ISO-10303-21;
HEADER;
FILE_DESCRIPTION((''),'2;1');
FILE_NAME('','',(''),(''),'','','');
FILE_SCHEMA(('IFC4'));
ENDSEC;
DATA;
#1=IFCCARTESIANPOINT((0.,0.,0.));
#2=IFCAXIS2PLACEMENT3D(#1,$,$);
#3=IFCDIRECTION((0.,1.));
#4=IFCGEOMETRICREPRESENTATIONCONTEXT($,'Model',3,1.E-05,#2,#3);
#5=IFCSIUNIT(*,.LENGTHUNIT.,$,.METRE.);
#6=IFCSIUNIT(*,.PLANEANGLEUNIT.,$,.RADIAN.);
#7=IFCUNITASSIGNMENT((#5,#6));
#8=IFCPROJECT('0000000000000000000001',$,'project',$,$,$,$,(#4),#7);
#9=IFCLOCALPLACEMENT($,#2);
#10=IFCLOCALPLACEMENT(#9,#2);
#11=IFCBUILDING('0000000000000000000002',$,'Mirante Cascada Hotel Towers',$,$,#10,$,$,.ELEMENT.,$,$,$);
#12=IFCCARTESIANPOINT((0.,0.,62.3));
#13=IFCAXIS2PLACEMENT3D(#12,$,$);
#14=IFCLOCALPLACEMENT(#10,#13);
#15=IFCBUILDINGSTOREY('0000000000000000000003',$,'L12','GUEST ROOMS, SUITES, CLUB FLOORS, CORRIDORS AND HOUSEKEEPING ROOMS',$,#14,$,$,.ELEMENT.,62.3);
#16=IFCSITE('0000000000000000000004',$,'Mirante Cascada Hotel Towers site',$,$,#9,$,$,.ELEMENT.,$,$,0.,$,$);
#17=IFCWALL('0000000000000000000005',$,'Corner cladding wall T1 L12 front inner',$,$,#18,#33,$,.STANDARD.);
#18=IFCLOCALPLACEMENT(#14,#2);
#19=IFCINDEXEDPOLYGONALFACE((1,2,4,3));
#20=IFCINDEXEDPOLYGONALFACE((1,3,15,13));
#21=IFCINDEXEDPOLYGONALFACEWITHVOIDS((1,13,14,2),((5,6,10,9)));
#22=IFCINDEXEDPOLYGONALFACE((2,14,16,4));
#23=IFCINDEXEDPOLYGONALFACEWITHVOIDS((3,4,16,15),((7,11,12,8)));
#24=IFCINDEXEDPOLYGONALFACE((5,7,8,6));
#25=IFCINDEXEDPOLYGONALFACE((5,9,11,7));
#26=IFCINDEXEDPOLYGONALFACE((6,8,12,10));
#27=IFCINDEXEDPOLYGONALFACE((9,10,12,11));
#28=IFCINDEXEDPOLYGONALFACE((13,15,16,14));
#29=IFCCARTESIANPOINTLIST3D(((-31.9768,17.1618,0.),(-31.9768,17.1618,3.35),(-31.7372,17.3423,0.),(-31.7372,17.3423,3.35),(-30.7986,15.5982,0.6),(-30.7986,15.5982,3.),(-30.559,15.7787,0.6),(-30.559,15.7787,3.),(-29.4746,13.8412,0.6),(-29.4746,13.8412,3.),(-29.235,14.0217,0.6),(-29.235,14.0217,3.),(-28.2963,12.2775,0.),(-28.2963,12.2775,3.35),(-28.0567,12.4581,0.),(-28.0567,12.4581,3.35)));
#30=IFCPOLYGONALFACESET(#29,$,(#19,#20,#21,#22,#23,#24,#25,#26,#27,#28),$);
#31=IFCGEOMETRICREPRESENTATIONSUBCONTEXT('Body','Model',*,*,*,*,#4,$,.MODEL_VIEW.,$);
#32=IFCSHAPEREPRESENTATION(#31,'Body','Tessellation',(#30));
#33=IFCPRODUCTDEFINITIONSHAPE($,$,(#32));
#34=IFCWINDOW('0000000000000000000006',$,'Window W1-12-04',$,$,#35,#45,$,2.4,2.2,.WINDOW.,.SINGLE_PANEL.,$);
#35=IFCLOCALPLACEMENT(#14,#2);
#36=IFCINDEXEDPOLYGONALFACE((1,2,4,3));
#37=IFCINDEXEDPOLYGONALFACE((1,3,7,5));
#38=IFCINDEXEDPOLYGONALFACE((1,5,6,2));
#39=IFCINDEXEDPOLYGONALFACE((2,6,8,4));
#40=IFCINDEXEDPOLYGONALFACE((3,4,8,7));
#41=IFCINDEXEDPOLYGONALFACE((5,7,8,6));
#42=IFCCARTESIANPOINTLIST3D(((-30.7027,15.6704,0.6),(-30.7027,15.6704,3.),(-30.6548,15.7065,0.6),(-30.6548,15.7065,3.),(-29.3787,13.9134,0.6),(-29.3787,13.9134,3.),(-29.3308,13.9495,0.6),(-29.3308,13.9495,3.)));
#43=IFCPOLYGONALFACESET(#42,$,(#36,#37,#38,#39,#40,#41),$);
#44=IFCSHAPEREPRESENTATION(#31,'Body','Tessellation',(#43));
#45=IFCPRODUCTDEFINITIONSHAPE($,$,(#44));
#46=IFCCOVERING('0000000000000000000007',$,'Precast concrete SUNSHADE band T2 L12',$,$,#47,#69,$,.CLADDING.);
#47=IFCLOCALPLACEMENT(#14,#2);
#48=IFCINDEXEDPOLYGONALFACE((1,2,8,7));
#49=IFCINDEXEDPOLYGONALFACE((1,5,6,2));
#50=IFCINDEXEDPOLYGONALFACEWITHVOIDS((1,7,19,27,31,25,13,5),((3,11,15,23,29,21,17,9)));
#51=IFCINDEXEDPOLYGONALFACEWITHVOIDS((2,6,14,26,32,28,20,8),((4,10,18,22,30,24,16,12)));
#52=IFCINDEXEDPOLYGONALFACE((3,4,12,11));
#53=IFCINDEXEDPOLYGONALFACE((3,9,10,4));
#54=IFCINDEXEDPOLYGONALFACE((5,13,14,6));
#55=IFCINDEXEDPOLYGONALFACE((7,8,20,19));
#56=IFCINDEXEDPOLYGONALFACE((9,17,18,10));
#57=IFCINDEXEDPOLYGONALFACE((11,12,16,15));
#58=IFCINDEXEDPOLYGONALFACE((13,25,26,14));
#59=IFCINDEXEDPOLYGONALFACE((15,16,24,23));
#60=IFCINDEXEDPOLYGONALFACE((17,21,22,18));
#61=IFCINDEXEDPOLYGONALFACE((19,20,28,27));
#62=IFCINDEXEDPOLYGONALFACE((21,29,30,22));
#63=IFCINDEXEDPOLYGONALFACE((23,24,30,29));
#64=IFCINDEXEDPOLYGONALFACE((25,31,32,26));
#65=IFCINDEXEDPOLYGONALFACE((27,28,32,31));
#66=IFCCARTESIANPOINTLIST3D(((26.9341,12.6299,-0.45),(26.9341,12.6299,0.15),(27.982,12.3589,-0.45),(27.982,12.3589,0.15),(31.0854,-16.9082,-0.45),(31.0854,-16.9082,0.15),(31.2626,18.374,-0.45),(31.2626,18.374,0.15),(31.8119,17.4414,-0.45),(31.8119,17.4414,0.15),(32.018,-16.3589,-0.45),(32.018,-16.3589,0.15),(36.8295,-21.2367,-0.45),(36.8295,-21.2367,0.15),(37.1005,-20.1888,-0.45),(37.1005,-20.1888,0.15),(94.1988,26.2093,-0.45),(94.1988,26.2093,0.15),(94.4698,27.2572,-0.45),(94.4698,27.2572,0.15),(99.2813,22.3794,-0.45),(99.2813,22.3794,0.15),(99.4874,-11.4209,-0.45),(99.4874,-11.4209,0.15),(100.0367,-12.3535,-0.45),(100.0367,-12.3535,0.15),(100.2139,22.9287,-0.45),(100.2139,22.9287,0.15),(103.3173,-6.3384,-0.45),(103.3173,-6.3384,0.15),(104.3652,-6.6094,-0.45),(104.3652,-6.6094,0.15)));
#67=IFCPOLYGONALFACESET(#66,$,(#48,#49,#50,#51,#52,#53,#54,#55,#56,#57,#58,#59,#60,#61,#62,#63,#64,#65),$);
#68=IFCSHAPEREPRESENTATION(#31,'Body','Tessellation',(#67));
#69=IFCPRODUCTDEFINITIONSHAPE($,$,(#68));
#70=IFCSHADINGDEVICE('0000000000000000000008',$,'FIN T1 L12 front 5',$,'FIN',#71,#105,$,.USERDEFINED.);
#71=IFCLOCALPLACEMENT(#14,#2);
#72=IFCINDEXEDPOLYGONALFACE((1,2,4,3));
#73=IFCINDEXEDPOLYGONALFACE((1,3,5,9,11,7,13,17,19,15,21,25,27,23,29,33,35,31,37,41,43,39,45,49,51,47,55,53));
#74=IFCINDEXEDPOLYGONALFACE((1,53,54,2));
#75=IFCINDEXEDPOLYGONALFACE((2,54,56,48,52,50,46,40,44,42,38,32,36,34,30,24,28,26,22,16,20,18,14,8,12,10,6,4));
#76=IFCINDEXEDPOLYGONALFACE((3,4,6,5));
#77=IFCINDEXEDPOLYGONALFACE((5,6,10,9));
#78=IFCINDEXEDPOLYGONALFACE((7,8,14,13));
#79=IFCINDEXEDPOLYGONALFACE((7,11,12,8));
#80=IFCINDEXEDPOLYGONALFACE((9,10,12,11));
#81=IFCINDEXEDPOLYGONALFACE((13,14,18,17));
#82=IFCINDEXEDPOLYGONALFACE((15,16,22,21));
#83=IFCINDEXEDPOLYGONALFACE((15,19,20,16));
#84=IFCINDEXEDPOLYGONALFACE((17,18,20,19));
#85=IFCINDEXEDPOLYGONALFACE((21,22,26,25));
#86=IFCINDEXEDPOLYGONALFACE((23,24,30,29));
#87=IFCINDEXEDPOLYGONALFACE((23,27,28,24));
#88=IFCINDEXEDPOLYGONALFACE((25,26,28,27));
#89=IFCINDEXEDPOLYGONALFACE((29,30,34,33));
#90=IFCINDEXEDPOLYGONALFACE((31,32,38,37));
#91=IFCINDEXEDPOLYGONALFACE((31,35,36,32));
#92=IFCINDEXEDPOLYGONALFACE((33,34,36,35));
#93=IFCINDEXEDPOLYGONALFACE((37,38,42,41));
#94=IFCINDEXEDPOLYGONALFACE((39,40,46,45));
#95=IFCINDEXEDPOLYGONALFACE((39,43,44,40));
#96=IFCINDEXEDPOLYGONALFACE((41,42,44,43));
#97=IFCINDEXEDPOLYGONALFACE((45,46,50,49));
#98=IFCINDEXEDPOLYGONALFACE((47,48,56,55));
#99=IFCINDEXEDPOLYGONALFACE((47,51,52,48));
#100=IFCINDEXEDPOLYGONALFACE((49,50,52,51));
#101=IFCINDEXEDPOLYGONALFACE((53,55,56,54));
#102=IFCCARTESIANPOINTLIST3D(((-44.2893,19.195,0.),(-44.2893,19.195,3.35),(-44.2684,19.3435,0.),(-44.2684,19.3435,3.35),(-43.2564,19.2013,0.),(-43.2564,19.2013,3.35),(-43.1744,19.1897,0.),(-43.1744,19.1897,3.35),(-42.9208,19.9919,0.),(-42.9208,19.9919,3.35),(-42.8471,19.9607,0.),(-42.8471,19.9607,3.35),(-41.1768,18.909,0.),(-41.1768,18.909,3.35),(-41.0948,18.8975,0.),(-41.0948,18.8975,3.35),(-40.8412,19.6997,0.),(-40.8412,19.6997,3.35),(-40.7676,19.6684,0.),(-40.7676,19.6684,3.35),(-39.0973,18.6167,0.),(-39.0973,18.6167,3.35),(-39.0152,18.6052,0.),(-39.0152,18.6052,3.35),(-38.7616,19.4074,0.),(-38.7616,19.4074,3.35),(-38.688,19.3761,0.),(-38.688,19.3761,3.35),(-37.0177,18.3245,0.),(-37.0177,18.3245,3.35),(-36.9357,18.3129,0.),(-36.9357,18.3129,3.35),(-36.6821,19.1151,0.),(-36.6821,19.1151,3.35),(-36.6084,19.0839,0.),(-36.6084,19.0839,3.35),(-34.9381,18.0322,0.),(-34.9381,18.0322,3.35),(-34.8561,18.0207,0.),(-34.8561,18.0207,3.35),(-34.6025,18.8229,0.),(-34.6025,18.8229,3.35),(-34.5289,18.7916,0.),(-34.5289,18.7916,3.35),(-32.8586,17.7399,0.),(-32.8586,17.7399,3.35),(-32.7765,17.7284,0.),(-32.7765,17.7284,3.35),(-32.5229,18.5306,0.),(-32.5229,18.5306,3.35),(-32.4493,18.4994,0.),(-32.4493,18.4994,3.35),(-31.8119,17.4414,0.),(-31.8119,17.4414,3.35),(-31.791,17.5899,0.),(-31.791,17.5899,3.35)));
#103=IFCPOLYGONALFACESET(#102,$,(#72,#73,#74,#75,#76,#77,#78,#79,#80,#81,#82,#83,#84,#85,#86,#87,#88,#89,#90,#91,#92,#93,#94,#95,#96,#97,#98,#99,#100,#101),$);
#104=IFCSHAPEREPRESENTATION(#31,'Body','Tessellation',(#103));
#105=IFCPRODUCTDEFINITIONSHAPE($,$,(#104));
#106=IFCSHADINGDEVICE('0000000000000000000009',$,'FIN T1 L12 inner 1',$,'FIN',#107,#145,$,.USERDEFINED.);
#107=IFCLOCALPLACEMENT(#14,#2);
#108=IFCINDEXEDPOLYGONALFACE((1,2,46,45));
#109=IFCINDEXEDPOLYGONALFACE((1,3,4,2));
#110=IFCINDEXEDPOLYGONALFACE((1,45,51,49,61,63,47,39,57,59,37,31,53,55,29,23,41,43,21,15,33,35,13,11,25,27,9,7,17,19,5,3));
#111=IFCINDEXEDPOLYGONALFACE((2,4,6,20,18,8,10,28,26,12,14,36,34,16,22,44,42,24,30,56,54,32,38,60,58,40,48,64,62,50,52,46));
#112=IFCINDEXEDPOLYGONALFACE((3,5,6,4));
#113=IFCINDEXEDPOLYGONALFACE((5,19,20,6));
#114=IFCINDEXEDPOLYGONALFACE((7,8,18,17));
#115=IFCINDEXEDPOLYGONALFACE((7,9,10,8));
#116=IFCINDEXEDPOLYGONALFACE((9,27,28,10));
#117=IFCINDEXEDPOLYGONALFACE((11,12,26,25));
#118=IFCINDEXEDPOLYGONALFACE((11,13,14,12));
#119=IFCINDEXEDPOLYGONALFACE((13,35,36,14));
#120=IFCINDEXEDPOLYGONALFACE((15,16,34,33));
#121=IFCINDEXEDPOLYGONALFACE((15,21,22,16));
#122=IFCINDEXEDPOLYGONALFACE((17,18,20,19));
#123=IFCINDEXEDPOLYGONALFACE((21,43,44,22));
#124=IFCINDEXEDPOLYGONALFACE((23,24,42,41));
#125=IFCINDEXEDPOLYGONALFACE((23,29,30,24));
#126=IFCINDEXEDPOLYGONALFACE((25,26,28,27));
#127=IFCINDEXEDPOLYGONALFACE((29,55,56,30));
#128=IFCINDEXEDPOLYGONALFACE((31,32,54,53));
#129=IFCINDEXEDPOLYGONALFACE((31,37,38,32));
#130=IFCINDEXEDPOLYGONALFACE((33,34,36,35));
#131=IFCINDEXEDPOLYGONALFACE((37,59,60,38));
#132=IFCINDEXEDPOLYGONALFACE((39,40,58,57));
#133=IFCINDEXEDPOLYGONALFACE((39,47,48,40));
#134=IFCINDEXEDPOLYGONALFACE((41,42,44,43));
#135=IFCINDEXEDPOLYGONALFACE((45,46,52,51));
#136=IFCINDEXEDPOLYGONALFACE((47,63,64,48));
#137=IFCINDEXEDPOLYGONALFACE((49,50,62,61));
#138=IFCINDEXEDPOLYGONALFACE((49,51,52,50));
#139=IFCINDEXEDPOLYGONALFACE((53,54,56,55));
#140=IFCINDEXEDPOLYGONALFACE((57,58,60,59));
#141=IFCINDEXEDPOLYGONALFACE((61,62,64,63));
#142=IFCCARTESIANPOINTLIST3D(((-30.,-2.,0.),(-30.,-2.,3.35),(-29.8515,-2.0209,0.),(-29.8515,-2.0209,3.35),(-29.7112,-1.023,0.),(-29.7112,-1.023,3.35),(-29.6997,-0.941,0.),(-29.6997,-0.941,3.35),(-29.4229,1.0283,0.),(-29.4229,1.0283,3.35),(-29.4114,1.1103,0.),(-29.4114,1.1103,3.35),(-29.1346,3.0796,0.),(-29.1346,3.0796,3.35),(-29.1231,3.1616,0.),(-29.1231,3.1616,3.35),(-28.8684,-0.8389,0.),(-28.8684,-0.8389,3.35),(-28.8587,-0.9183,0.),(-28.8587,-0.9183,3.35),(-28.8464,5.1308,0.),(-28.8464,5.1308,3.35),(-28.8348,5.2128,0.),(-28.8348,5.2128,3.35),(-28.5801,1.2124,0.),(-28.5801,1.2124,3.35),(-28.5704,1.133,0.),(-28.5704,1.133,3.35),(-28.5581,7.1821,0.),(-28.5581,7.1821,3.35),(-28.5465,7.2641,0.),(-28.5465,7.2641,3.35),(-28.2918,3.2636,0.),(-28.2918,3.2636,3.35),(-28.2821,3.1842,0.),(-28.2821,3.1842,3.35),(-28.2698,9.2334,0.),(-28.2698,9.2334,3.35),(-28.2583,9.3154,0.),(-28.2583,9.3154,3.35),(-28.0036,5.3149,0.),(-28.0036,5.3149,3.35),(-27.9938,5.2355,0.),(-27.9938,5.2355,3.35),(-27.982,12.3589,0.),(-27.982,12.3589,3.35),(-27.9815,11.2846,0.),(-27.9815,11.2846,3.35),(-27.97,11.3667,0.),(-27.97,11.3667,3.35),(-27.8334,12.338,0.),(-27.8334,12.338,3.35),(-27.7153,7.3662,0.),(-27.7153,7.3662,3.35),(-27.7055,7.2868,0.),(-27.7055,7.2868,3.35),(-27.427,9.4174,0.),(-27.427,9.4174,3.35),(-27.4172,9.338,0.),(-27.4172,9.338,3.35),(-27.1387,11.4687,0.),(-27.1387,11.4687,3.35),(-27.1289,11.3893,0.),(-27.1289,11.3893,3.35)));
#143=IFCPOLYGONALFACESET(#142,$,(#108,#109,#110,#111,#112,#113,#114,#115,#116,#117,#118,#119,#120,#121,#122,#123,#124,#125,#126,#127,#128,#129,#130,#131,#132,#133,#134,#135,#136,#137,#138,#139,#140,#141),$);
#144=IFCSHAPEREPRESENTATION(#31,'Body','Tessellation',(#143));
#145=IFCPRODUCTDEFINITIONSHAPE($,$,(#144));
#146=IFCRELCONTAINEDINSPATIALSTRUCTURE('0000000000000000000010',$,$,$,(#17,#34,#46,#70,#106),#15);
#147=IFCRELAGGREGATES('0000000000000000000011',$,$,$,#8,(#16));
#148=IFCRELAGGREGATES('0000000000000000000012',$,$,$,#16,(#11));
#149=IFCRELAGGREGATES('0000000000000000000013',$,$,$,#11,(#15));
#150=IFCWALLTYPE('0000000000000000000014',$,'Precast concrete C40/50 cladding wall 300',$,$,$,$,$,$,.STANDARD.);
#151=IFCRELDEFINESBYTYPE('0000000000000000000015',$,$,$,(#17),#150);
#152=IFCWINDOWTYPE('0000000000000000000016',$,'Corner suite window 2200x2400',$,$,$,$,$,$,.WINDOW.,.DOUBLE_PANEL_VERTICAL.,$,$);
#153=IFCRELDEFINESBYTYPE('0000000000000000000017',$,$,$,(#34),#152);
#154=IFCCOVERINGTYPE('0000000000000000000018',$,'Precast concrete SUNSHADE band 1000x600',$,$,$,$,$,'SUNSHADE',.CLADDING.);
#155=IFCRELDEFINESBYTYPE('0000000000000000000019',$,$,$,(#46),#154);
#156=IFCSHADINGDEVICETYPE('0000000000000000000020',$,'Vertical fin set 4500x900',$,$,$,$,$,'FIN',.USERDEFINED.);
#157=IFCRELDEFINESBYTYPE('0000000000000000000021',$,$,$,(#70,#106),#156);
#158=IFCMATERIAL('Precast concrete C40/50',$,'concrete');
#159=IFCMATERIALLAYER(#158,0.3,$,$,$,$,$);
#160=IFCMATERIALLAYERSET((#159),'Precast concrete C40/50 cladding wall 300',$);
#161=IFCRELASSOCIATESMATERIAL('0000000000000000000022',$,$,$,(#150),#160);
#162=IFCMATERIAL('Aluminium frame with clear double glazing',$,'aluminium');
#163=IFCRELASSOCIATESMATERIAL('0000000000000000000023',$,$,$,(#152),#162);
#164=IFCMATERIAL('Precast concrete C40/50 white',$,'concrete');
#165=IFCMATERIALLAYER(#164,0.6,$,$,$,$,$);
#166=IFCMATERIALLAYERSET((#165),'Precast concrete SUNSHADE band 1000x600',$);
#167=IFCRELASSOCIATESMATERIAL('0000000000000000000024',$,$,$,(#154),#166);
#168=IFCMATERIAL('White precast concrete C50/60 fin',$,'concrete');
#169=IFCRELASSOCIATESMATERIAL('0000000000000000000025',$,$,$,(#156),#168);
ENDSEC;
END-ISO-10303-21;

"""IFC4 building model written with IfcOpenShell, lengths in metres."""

from ifc_helpers import new_model, si_unit, direction, frame, frame_2d, origin, place, context, subcontext, project, spatial, polyline, rectangle, outline, extrude, material, layer, layer_set, type_object, element, fill, save


model = new_model("IFC4")

# Units and contexts
model_context = context("Model", 3, precision=1e-05, world=origin(), true_north=direction((0.0, 1.0)))
body_context = subcontext(model_context, "Body", "Model", "MODEL_VIEW")
ifc_project = project(units=[si_unit("LENGTHUNIT", "METRE"), si_unit("PLANEANGLEUNIT", "RADIAN")], contexts=[model_context])

# Site, building, storey
site_placement = place(None, origin())
site = spatial("IfcSite", under=ifc_project, at=site_placement, Name="Mirante Cascada Hotel Towers site", CompositionType="ELEMENT", RefElevation=0.0)
building_placement = place(site_placement, origin())
building = spatial("IfcBuilding", under=site, at=building_placement, Name="Mirante Cascada Hotel Towers", CompositionType="ELEMENT")
storey_placement = place(building_placement, frame((0.0, 0.0, 62.3)))
storey = spatial("IfcBuildingStorey", under=building, at=storey_placement, Name="L12", Description="GUEST ROOMS, SUITES, CLUB FLOORS, CORRIDORS AND HOUSEKEEPING ROOMS", CompositionType="ELEMENT", Elevation=62.3)

# Wall, opening, window
ifc_material_1 = material(Name="Precast concrete C40/50", Category="concrete")
ifc_layer_1 = layer(ifc_material_1, 0.3)
ifc_layer_set_1 = layer_set([ifc_layer_1], Name="Precast concrete C40/50 cladding wall 300")
wall_type_1 = type_object("IfcWallType", Name="Precast concrete C40/50 cladding wall 300", PredefinedType="STANDARD", material=ifc_layer_set_1)
wall_1_placement = place(storey_placement, frame((-31.857, 17.252, 0.0), z_axis=(0.0, 0.0, 1.0), x_axis=(0.601814, -0.798636, 0.0)))
wall_1 = element("IfcWall", 1, at=wall_1_placement, inside=storey, type_object=wall_type_1, Name="Corner cladding wall T1 L12 front inner", PredefinedType="STANDARD", context=body_context, shape_type="SweptSolid", body=[
    extrude(rectangle(XDim=6.1157, YDim=0.3, at=frame_2d((3.0578, 0.0))), origin(), (0.0, 0.0, 1.0), 3.35),
])
opening_1_placement = place(wall_1_placement, frame((1.9578, 0.0, 0.6)))
opening_1 = element("IfcOpeningElement", 2, at=opening_1_placement, cuts=wall_1, PredefinedType="OPENING", context=body_context, shape_type="SweptSolid", body=[
    extrude(rectangle(XDim=2.2, YDim=2.4, at=frame_2d((1.1, 1.2))), frame((0.0, 0.15, 0.0), z_axis=(0.0, -1.0, 0.0), x_axis=(1.0, 0.0, 0.0)), (0.0, 0.0, 1.0), 0.3),
])
ifc_material_2 = material(Name="Aluminium frame with clear double glazing", Category="aluminium")
window_type = type_object("IfcWindowType", Name="Corner suite window 2200x2400", PartitioningType="DOUBLE_PANEL_VERTICAL", PredefinedType="WINDOW", material=ifc_material_2)
window_placement = place(opening_1_placement, origin())
window = element("IfcWindow", 3, at=window_placement, inside=storey, type_object=window_type, Name="Window W1-12-04", OverallHeight=2.4, OverallWidth=2.2, PartitioningType="SINGLE_PANEL", PredefinedType="WINDOW", context=body_context, shape_type="SweptSolid", body=[
    extrude(rectangle(XDim=2.2, YDim=2.4, at=frame_2d((1.1, 1.2))), frame((0.0, 0.03, 0.0), z_axis=(0.0, -1.0, 0.0), x_axis=(1.0, 0.0, 0.0)), (0.0, 0.0, 1.0), 0.06),
])
fill(opening_1, window)

# Covering
ifc_material_3 = material(Name="Precast concrete C40/50 white", Category="concrete")
ifc_layer_2 = layer(ifc_material_3, 0.6)
ifc_layer_set_2 = layer_set([ifc_layer_2], Name="Precast concrete SUNSHADE band 1000x600")
covering_type = type_object("IfcCoveringType", Name="Precast concrete SUNSHADE band 1000x600", ElementType="SUNSHADE", PredefinedType="CLADDING", material=ifc_layer_set_2)
covering_placement = place(storey_placement, frame((0.0, 0.0, -0.45)))
element("IfcCovering", 4, at=covering_placement, inside=storey, type_object=covering_type, Name="Precast concrete SUNSHADE band T2 L12", PredefinedType="CLADDING", context=body_context, shape_type="SweptSolid", body=[
    extrude(outline(polyline([(26.9341, 12.6299), (31.2626, 18.374), (94.4698, 27.2572), (100.2139, 22.9287), (104.3652, -6.6094), (100.0367, -12.3535), (36.8295, -21.2367), (31.0854, -16.9082), (26.9341, 12.6299)]), holes=[polyline([(103.3173, -6.3384), (99.2813, 22.3794), (94.1988, 26.2093), (31.8119, 17.4414), (27.982, 12.3589), (32.018, -16.3589), (37.1005, -20.1888), (99.4874, -11.4209), (103.3173, -6.3384)])]), origin(), (0.0, 0.0, 1.0), 0.6),
])

# Shading devices
ifc_material_4 = material(Name="White precast concrete C50/60 fin", Category="concrete")
shading_device_type = type_object("IfcShadingDeviceType", Name="Vertical fin set 4500x900", ElementType="FIN", PredefinedType="USERDEFINED", material=ifc_material_4)
shading_device_1_placement = place(storey_placement, origin())
element("IfcShadingDevice", 5, at=shading_device_1_placement, inside=storey, type_object=shading_device_type, Name="FIN T1 L12 front 5", ObjectType="FIN", PredefinedType="USERDEFINED", context=body_context, shape_type="SweptSolid", body=[
    extrude(outline(polyline([(-32.4493, 18.4994), (-32.7765, 17.7284), (-31.791, 17.5899), (-31.8119, 17.4414), (-44.2893, 19.195), (-44.2684, 19.3435), (-43.2564, 19.2013), (-42.9208, 19.9919), (-42.8471, 19.9607), (-43.1744, 19.1897), (-41.1768, 18.909), (-40.8412, 19.6997), (-40.7676, 19.6684), (-41.0948, 18.8975), (-39.0973, 18.6167), (-38.7616, 19.4074), (-38.688, 19.3761), (-39.0152, 18.6052), (-37.0177, 18.3245), (-36.6821, 19.1151), (-36.6084, 19.0839), (-36.9357, 18.3129), (-34.9381, 18.0322), (-34.6025, 18.8229), (-34.5289, 18.7916), (-34.8561, 18.0207), (-32.8586, 17.7399), (-32.5229, 18.5306), (-32.4493, 18.4994)])), origin(), (0.0, 0.0, 1.0), 3.35),
])
shading_device_2_placement = place(storey_placement, origin())
element("IfcShadingDevice", 6, at=shading_device_2_placement, inside=storey, type_object=shading_device_type, Name="FIN T1 L12 inner 1", ObjectType="FIN", PredefinedType="USERDEFINED", context=body_context, shape_type="SweptSolid", body=[
    extrude(outline(polyline([(-29.7112, -1.023), (-29.8515, -2.0209), (-30.0, -2.0), (-27.982, 12.3589), (-27.8334, 12.338), (-27.97, 11.3667), (-27.1387, 11.4687), (-27.1289, 11.3893), (-27.9815, 11.2846), (-28.2583, 9.3154), (-27.427, 9.4174), (-27.4172, 9.338), (-28.2698, 9.2334), (-28.5465, 7.2641), (-27.7153, 7.3662), (-27.7055, 7.2868), (-28.5581, 7.1821), (-28.8348, 5.2128), (-28.0036, 5.3149), (-27.9938, 5.2355), (-28.8464, 5.1308), (-29.1231, 3.1616), (-28.2918, 3.2636), (-28.2821, 3.1842), (-29.1346, 3.0796), (-29.4114, 1.1103), (-28.5801, 1.2124), (-28.5704, 1.133), (-29.4229, 1.0283), (-29.6997, -0.941), (-28.8684, -0.8389), (-28.8587, -0.9183), (-29.7112, -1.023)])), origin(), (0.0, 0.0, 1.0), 3.35),
])

save(model, "model.ifc")
